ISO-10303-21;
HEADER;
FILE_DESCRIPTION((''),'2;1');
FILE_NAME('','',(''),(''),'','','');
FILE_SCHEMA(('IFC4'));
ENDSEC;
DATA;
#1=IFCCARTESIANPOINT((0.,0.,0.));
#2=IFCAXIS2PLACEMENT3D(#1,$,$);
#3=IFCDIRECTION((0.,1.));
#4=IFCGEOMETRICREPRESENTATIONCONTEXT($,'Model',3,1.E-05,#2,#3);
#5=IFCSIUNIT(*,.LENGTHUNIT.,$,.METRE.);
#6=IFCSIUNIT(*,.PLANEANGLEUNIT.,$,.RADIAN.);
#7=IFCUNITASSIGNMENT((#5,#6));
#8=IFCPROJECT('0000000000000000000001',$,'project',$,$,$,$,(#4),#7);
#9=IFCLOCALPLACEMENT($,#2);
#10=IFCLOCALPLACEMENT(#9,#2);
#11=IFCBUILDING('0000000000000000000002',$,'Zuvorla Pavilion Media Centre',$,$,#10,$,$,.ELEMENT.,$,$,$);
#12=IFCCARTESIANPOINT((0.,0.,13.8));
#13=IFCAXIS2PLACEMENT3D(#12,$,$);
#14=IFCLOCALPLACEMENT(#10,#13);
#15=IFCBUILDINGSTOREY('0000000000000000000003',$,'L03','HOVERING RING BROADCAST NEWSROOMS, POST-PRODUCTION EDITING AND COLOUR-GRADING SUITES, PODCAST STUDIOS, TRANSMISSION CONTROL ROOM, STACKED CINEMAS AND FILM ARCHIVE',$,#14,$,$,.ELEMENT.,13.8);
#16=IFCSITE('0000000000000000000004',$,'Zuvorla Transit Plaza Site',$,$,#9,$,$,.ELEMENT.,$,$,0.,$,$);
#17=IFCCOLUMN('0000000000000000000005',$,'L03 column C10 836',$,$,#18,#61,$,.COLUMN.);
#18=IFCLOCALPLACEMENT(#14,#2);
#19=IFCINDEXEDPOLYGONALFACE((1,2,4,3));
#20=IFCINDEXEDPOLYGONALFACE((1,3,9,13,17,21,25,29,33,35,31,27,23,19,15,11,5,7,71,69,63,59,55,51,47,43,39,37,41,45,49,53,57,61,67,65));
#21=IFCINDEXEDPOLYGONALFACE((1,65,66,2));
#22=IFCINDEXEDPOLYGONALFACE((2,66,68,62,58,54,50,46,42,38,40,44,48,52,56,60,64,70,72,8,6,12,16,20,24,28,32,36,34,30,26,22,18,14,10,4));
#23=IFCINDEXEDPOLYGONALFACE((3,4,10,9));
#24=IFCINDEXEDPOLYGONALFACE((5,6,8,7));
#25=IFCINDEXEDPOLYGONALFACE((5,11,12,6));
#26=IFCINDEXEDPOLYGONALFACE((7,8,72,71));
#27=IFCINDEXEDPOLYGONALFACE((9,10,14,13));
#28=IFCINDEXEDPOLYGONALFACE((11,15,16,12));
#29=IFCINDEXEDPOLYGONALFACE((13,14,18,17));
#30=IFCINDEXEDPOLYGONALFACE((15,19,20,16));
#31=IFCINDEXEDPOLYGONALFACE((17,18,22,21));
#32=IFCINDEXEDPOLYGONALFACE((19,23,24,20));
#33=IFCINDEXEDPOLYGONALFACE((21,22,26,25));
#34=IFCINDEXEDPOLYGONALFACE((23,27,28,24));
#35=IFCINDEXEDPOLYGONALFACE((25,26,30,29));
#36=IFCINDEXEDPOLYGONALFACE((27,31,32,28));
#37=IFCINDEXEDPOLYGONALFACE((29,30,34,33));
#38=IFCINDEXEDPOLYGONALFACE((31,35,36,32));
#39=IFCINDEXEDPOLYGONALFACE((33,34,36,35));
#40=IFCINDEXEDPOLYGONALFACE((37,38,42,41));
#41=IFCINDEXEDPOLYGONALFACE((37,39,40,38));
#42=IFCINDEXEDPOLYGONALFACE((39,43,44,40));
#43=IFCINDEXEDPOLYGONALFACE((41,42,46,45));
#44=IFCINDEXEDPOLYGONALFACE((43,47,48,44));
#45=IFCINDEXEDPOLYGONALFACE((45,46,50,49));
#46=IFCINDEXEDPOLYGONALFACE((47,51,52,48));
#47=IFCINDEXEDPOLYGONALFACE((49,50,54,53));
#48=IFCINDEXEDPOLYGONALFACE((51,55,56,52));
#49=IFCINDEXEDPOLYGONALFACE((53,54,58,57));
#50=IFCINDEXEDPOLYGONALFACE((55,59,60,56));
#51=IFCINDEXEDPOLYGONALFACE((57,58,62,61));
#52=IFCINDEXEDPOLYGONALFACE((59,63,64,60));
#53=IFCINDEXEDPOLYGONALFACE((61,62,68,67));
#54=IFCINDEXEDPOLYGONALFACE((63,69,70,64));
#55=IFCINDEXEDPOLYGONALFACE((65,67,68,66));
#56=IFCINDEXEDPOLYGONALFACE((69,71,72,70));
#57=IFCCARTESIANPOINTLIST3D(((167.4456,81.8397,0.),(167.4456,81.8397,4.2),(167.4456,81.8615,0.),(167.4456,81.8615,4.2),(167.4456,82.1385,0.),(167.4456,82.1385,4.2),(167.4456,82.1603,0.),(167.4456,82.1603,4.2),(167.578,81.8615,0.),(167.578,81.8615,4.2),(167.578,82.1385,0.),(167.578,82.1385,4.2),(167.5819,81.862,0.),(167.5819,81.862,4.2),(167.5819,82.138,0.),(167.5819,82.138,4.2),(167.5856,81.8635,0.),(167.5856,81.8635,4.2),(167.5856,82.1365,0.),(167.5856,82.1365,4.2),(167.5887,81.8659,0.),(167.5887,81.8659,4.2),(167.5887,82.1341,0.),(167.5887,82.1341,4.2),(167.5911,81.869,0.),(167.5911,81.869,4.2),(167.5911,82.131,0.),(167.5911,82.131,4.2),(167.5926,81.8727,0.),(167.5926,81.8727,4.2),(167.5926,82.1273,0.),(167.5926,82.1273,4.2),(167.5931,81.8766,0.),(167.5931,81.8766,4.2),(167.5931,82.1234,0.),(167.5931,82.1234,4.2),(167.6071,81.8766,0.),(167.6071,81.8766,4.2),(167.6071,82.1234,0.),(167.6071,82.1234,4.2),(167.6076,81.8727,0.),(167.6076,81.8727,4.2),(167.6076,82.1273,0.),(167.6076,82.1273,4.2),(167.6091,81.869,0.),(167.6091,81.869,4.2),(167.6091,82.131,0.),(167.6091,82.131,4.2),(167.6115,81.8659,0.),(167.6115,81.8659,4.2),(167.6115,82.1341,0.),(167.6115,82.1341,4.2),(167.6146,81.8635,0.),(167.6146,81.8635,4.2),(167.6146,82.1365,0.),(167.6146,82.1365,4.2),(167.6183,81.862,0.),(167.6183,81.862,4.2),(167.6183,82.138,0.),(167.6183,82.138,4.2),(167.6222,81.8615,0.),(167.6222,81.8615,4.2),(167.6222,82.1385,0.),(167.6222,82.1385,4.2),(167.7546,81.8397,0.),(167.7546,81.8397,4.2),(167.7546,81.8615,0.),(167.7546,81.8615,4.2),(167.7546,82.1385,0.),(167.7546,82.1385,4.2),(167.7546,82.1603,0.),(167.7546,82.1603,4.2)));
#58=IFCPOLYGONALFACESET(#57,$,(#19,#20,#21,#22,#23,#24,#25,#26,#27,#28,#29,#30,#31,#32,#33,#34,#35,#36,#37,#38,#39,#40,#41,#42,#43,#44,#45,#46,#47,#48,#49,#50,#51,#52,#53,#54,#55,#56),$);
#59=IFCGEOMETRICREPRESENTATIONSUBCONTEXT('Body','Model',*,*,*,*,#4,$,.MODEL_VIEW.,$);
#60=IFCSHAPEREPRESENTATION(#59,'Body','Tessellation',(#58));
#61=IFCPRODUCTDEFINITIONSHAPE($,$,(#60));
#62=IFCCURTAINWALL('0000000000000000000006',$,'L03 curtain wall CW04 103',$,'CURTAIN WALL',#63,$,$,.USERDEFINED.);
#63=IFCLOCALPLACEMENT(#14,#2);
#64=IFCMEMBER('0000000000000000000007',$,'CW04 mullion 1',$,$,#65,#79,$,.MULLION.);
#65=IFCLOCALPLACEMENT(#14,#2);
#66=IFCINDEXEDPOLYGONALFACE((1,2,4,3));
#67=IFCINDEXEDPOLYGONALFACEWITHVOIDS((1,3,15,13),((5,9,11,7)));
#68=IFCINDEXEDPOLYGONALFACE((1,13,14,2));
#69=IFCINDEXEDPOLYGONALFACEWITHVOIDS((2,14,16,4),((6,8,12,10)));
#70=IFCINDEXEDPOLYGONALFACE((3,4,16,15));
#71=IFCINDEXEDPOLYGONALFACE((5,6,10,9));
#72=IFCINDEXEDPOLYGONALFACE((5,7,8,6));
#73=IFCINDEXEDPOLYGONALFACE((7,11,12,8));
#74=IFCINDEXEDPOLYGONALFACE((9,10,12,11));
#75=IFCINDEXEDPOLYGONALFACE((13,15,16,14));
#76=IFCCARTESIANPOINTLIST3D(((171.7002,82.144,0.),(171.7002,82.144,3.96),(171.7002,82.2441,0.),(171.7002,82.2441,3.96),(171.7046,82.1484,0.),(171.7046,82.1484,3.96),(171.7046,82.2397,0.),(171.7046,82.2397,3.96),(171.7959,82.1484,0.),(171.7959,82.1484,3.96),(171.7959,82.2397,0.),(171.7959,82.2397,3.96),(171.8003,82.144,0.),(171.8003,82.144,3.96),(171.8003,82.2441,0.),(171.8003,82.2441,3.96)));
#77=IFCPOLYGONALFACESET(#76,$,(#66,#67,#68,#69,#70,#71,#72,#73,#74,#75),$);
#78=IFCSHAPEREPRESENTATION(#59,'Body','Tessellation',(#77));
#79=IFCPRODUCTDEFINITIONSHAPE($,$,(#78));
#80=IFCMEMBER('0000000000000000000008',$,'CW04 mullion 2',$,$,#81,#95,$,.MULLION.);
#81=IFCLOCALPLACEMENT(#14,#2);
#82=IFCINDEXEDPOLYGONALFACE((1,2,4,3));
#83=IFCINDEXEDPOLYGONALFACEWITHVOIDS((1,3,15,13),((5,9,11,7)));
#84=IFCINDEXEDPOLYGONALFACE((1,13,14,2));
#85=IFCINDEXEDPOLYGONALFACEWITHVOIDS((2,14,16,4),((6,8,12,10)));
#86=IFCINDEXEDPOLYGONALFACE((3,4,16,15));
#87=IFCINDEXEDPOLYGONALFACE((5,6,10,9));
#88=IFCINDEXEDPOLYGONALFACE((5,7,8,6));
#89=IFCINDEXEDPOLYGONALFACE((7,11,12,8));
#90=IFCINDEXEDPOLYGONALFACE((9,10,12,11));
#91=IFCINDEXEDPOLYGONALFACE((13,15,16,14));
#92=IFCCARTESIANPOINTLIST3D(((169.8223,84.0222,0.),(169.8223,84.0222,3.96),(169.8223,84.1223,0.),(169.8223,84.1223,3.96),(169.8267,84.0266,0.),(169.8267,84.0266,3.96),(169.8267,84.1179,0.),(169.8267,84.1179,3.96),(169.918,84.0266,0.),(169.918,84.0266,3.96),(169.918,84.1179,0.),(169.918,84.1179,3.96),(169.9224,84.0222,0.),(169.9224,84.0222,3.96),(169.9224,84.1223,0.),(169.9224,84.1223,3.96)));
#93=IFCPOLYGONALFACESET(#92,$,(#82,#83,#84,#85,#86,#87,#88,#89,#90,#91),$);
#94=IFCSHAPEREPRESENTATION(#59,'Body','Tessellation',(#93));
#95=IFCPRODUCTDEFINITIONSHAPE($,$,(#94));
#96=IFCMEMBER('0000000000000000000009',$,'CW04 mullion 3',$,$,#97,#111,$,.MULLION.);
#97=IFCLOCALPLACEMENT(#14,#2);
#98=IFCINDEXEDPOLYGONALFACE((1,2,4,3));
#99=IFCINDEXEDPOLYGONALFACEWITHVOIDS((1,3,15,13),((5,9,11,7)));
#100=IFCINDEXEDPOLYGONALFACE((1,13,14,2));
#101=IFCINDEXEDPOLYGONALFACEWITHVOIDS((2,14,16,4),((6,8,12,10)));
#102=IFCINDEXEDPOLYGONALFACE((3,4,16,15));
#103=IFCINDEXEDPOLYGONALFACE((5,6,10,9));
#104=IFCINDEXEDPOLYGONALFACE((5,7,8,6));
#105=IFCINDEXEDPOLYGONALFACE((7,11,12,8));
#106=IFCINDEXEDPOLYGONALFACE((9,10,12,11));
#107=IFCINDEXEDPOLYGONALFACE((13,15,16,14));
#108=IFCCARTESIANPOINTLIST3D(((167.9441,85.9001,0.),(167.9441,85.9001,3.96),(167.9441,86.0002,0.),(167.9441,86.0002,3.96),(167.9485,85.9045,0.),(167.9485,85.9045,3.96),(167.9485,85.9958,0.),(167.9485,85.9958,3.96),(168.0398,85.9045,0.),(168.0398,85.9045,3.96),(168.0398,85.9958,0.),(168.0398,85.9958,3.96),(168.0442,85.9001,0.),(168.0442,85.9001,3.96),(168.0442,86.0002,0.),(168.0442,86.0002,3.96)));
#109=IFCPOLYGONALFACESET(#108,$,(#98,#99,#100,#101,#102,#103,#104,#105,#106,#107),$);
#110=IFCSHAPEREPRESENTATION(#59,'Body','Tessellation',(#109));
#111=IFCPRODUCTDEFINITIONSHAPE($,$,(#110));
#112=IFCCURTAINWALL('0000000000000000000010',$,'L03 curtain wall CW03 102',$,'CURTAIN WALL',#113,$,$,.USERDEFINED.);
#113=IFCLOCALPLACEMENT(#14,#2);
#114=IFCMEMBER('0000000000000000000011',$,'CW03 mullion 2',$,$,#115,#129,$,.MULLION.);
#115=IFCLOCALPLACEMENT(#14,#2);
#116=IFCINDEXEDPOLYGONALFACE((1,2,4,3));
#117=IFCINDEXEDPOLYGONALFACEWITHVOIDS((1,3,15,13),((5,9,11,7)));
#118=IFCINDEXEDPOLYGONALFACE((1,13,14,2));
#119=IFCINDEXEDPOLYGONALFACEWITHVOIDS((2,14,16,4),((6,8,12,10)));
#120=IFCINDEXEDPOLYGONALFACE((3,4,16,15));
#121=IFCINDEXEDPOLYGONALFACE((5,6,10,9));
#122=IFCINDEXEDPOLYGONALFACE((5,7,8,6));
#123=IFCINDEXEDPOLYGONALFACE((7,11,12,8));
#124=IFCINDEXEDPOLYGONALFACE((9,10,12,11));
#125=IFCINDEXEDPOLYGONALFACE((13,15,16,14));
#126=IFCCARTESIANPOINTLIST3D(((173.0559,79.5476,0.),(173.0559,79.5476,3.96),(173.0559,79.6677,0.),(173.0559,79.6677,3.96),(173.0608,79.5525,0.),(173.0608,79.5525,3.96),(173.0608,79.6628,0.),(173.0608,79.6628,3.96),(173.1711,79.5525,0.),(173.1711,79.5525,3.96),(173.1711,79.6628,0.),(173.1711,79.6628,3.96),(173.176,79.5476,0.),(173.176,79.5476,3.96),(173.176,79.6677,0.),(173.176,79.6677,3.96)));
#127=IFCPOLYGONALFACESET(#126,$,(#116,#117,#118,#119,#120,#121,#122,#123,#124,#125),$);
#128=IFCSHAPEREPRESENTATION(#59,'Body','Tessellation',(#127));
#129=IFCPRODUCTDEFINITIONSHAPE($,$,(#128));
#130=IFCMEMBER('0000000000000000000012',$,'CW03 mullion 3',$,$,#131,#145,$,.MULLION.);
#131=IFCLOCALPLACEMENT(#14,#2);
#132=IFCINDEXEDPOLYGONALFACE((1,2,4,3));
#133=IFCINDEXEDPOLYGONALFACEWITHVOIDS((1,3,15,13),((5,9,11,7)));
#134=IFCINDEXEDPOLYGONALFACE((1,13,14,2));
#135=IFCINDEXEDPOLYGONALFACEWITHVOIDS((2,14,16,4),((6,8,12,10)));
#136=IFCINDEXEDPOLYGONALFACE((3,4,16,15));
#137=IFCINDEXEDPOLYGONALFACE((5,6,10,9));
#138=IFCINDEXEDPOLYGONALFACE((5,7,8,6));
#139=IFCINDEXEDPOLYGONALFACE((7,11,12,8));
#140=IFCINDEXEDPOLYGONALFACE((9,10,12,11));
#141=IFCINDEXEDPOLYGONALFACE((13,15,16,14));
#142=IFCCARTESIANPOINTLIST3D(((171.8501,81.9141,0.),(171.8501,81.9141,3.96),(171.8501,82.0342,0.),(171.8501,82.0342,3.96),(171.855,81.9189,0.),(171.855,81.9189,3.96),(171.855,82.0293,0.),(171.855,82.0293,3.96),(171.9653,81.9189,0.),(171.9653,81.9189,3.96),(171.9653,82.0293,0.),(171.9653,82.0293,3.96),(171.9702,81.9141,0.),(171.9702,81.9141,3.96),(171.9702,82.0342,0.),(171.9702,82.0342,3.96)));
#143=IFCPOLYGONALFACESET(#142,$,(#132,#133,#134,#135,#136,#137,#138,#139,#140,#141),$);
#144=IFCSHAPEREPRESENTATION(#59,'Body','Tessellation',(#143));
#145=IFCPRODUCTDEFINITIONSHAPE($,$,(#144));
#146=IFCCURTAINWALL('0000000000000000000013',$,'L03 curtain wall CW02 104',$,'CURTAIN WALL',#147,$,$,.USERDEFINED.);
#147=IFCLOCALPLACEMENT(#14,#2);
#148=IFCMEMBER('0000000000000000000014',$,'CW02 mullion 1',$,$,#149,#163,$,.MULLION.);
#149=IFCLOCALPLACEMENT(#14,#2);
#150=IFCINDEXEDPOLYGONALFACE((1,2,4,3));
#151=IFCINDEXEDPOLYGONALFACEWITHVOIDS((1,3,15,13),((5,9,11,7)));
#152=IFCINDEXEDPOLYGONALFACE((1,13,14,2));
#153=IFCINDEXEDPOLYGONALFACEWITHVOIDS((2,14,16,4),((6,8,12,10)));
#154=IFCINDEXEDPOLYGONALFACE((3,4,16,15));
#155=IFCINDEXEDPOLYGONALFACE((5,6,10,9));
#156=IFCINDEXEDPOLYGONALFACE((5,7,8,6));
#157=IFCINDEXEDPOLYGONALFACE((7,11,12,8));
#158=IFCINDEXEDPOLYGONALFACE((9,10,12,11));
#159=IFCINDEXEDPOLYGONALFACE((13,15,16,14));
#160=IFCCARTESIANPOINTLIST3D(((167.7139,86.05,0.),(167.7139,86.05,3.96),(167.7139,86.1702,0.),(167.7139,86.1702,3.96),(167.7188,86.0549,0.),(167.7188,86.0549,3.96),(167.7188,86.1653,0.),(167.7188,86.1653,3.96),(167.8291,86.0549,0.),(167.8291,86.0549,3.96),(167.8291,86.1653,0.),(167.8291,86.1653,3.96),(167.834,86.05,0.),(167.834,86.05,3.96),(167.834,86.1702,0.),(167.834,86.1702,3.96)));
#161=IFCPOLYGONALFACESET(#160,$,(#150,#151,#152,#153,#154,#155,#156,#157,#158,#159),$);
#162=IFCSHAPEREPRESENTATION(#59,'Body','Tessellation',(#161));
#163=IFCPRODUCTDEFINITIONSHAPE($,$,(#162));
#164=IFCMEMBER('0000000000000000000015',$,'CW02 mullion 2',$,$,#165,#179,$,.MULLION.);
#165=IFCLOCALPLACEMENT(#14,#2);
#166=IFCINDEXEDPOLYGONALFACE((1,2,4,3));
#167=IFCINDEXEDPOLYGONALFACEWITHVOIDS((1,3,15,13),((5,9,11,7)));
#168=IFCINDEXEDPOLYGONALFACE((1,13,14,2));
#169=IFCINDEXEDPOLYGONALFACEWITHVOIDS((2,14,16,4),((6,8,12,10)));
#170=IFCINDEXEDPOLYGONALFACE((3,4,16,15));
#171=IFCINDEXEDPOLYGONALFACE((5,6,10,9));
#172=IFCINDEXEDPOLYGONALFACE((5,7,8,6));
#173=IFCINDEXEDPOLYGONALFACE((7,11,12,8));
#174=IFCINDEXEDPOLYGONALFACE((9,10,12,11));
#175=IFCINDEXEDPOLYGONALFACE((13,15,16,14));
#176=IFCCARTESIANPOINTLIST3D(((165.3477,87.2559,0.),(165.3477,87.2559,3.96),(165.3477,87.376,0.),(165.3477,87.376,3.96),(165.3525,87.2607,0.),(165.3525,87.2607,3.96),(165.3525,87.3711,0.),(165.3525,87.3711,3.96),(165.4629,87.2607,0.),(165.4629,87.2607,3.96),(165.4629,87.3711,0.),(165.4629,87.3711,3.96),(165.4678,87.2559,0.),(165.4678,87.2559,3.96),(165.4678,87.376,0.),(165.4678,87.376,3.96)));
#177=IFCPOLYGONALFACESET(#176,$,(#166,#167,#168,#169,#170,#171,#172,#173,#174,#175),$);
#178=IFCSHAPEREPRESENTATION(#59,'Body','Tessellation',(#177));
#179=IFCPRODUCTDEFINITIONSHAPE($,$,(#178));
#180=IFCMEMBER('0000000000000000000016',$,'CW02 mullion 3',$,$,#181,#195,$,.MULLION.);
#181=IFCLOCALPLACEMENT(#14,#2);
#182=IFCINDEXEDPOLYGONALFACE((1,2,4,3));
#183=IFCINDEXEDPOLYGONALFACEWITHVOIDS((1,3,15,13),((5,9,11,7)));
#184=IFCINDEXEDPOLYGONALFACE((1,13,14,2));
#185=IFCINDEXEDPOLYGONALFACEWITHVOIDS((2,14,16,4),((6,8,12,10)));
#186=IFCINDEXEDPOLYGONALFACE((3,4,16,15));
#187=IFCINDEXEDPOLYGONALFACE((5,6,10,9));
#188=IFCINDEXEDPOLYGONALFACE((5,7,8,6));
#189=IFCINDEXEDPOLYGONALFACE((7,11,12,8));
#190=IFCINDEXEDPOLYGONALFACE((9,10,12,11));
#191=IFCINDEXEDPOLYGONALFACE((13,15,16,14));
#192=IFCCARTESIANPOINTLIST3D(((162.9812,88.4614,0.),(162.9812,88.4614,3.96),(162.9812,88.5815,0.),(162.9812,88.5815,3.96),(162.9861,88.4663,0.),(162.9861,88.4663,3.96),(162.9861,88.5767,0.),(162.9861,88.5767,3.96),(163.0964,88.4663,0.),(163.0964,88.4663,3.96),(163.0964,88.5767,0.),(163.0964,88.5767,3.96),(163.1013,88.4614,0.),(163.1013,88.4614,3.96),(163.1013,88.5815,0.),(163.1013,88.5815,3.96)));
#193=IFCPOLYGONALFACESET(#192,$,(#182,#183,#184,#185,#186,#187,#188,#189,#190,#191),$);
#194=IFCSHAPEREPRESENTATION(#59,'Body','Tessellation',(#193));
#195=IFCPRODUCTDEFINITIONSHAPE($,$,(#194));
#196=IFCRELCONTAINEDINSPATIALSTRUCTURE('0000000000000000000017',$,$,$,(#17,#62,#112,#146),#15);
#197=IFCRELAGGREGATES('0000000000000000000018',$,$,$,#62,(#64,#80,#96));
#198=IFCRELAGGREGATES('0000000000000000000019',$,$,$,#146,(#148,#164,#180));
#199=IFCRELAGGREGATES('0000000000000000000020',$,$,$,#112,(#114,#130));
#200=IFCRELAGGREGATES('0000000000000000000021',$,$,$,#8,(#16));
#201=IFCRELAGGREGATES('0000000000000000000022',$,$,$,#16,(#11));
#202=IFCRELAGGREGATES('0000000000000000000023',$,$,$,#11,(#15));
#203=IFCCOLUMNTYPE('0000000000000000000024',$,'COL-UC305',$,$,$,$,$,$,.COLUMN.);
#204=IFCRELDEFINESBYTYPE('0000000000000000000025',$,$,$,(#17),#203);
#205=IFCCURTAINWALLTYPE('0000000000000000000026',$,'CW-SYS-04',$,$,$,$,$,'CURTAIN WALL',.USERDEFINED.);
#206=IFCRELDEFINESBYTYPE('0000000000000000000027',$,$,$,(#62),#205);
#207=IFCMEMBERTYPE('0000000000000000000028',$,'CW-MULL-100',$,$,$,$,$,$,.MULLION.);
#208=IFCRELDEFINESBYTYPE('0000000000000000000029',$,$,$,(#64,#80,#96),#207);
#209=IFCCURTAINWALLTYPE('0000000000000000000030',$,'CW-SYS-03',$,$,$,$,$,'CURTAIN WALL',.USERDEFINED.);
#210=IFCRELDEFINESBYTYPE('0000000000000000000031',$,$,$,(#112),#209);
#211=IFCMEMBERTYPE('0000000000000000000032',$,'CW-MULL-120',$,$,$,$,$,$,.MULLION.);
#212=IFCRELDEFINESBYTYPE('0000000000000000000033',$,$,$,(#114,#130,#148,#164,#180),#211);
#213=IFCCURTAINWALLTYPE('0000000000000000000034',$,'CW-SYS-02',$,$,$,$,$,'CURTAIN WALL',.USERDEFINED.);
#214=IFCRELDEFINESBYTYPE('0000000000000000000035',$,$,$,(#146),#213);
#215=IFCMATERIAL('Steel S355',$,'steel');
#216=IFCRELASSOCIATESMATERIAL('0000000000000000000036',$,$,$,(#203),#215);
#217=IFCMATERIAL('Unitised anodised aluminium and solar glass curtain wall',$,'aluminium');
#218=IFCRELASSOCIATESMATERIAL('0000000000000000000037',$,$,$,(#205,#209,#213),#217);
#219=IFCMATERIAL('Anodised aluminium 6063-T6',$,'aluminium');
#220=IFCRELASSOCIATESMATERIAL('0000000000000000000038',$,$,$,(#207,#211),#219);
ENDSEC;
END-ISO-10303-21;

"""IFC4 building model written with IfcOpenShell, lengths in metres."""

from ifc_helpers import new_model, si_unit, direction, frame, origin, origin_2d, place, context, subcontext, project, spatial, hollow_rectangle, i_section, extrude, material, material_profile, profile_set, type_object, element, aggregate, save


model = new_model("IFC4")

# Units and contexts
model_context = context("Model", 3, precision=1e-05, world=origin(), true_north=direction((0.0, 1.0)))
body_context = subcontext(model_context, "Body", "Model", "MODEL_VIEW")
ifc_project = project(units=[si_unit("LENGTHUNIT", "METRE"), si_unit("PLANEANGLEUNIT", "RADIAN")], contexts=[model_context])

# Site, building, storey
site_placement = place(None, origin())
site = spatial("IfcSite", under=ifc_project, at=site_placement, Name="Zuvorla Transit Plaza Site", CompositionType="ELEMENT", RefElevation=0.0)
building_placement = place(site_placement, origin())
building = spatial("IfcBuilding", under=site, at=building_placement, Name="Zuvorla Pavilion Media Centre", CompositionType="ELEMENT")
storey_placement = place(building_placement, frame((0.0, 0.0, 13.8)))
storey = spatial("IfcBuildingStorey", under=building, at=storey_placement, Name="L03", Description="HOVERING RING BROADCAST NEWSROOMS, POST-PRODUCTION EDITING AND COLOUR-GRADING SUITES, PODCAST STUDIOS, TRANSMISSION CONTROL ROOM, STACKED CINEMAS AND FILM ARCHIVE", CompositionType="ELEMENT", Elevation=13.8)

# Column
ifc_material_1 = material(Name="Steel S355", Category="steel")
ifc_material_profile_1 = material_profile(ifc_material_1, i_section(OverallWidth=0.3091, OverallDepth=0.3206, WebThickness=0.0139, FlangeThickness=0.0217, FilletRadius=0.0151, at=origin_2d()), Name="UC 305x305x137")
ifc_profile_set_1 = profile_set([ifc_material_profile_1], Name="Steel S355")
column_type = type_object("IfcColumnType", Name="COL-UC305", PredefinedType="COLUMN", material=ifc_profile_set_1)
column_placement = place(storey_placement, frame((167.6001, 82.0, 0.0), z_axis=(0.0, 0.0, 1.0), x_axis=(1.0, 0.0, 0.0)))
element("IfcColumn", 1, at=column_placement, inside=storey, type_object=column_type, Name="L03 column C10 836", PredefinedType="COLUMN", context=body_context, shape_type="SweptSolid", body=[
    extrude(i_section(OverallWidth=0.3091, OverallDepth=0.3206, WebThickness=0.0139, FlangeThickness=0.0217, FilletRadius=0.0151, at=origin_2d()), origin(), (0.0, 0.0, 1.0), 4.2),
])

# Curtain walls, members
ifc_material_2 = material(Name="Unitised anodised aluminium and solar glass curtain wall", Category="aluminium")
curtain_wall_type_1 = type_object("IfcCurtainWallType", Name="CW-SYS-04", ElementType="CURTAIN WALL", PredefinedType="USERDEFINED", material=ifc_material_2)
curtain_wall_1_placement = place(storey_placement, origin())
curtain_wall_1 = element("IfcCurtainWall", 2, at=curtain_wall_1_placement, inside=storey, type_object=curtain_wall_type_1, Name="L03 curtain wall CW04 103", ObjectType="CURTAIN WALL", PredefinedType="USERDEFINED")
ifc_material_3 = material(Name="Anodised aluminium 6063-T6", Category="aluminium")
ifc_material_profile_2 = material_profile(ifc_material_3, hollow_rectangle(XDim=0.1001, YDim=0.1001, WallThickness=0.0044, at=origin_2d()), Name="ALU MULL 100x100")
ifc_profile_set_2 = profile_set([ifc_material_profile_2], Name="Anodised aluminium 6063-T6")
member_type_1 = type_object("IfcMemberType", Name="CW-MULL-100", PredefinedType="MULLION", material=ifc_profile_set_2)
member_1_placement = place(storey_placement, frame((171.7502, 82.1941, 0.0), z_axis=(0.0, 0.0, 1.0), x_axis=(1.0, 0.0, 0.0)))
member_1 = element("IfcMember", 3, at=member_1_placement, type_object=member_type_1, Name="CW04 mullion 1", PredefinedType="MULLION", context=body_context, shape_type="SweptSolid", body=[
    extrude(hollow_rectangle(XDim=0.1001, YDim=0.1001, WallThickness=0.0044, at=origin_2d()), origin(), (0.0, 0.0, 1.0), 3.96),
])
member_2_placement = place(storey_placement, frame((169.8723, 84.0723, 0.0), z_axis=(0.0, 0.0, 1.0), x_axis=(1.0, 0.0, 0.0)))
member_2 = element("IfcMember", 4, at=member_2_placement, type_object=member_type_1, Name="CW04 mullion 2", PredefinedType="MULLION", context=body_context, shape_type="SweptSolid", body=[
    extrude(hollow_rectangle(XDim=0.1001, YDim=0.1001, WallThickness=0.0044, at=origin_2d()), origin(), (0.0, 0.0, 1.0), 3.96),
])
member_3_placement = place(storey_placement, frame((167.9941, 85.9502, 0.0), z_axis=(0.0, 0.0, 1.0), x_axis=(1.0, 0.0, 0.0)))
member_3 = element("IfcMember", 5, at=member_3_placement, type_object=member_type_1, Name="CW04 mullion 3", PredefinedType="MULLION", context=body_context, shape_type="SweptSolid", body=[
    extrude(hollow_rectangle(XDim=0.1001, YDim=0.1001, WallThickness=0.0044, at=origin_2d()), origin(), (0.0, 0.0, 1.0), 3.96),
])
curtain_wall_type_2 = type_object("IfcCurtainWallType", Name="CW-SYS-03", ElementType="CURTAIN WALL", PredefinedType="USERDEFINED", material=ifc_material_2)
curtain_wall_2_placement = place(storey_placement, origin())
curtain_wall_2 = element("IfcCurtainWall", 6, at=curtain_wall_2_placement, inside=storey, type_object=curtain_wall_type_2, Name="L03 curtain wall CW03 102", ObjectType="CURTAIN WALL", PredefinedType="USERDEFINED")
ifc_material_profile_3 = material_profile(ifc_material_3, hollow_rectangle(XDim=0.1201, YDim=0.1201, WallThickness=0.0049, at=origin_2d()), Name="ALU MULL 120x120")
ifc_profile_set_3 = profile_set([ifc_material_profile_3], Name="Anodised aluminium 6063-T6")
member_type_2 = type_object("IfcMemberType", Name="CW-MULL-120", PredefinedType="MULLION", material=ifc_profile_set_3)
member_4_placement = place(storey_placement, frame((173.116, 79.6077, 0.0), z_axis=(0.0, 0.0, 1.0), x_axis=(1.0, 0.0, 0.0)))
member_4 = element("IfcMember", 7, at=member_4_placement, type_object=member_type_2, Name="CW03 mullion 2", PredefinedType="MULLION", context=body_context, shape_type="SweptSolid", body=[
    extrude(hollow_rectangle(XDim=0.1201, YDim=0.1201, WallThickness=0.0049, at=origin_2d()), origin(), (0.0, 0.0, 1.0), 3.96),
])
member_5_placement = place(storey_placement, frame((171.9102, 81.9741, 0.0), z_axis=(0.0, 0.0, 1.0), x_axis=(1.0, 0.0, 0.0)))
member_5 = element("IfcMember", 8, at=member_5_placement, type_object=member_type_2, Name="CW03 mullion 3", PredefinedType="MULLION", context=body_context, shape_type="SweptSolid", body=[
    extrude(hollow_rectangle(XDim=0.1201, YDim=0.1201, WallThickness=0.0049, at=origin_2d()), origin(), (0.0, 0.0, 1.0), 3.96),
])
curtain_wall_type_3 = type_object("IfcCurtainWallType", Name="CW-SYS-02", ElementType="CURTAIN WALL", PredefinedType="USERDEFINED", material=ifc_material_2)
curtain_wall_3_placement = place(storey_placement, origin())
curtain_wall_3 = element("IfcCurtainWall", 9, at=curtain_wall_3_placement, inside=storey, type_object=curtain_wall_type_3, Name="L03 curtain wall CW02 104", ObjectType="CURTAIN WALL", PredefinedType="USERDEFINED")
member_6_placement = place(storey_placement, frame((167.7739, 86.1101, 0.0), z_axis=(0.0, 0.0, 1.0), x_axis=(1.0, 0.0, 0.0)))
member_6 = element("IfcMember", 10, at=member_6_placement, type_object=member_type_2, Name="CW02 mullion 1", PredefinedType="MULLION", context=body_context, shape_type="SweptSolid", body=[
    extrude(hollow_rectangle(XDim=0.1201, YDim=0.1201, WallThickness=0.0049, at=origin_2d()), origin(), (0.0, 0.0, 1.0), 3.96),
])
member_7_placement = place(storey_placement, frame((165.4077, 87.3159, 0.0), z_axis=(0.0, 0.0, 1.0), x_axis=(1.0, 0.0, 0.0)))
member_7 = element("IfcMember", 11, at=member_7_placement, type_object=member_type_2, Name="CW02 mullion 2", PredefinedType="MULLION", context=body_context, shape_type="SweptSolid", body=[
    extrude(hollow_rectangle(XDim=0.1201, YDim=0.1201, WallThickness=0.0049, at=origin_2d()), origin(), (0.0, 0.0, 1.0), 3.96),
])
member_8_placement = place(storey_placement, frame((163.0413, 88.5215, 0.0), z_axis=(0.0, 0.0, 1.0), x_axis=(1.0, 0.0, 0.0)))
member_8 = element("IfcMember", 12, at=member_8_placement, type_object=member_type_2, Name="CW02 mullion 3", PredefinedType="MULLION", context=body_context, shape_type="SweptSolid", body=[
    extrude(hollow_rectangle(XDim=0.1201, YDim=0.1201, WallThickness=0.0049, at=origin_2d()), origin(), (0.0, 0.0, 1.0), 3.96),
])

aggregate(curtain_wall_1, [member_1, member_2, member_3])
aggregate(curtain_wall_3, [member_6, member_7, member_8])
aggregate(curtain_wall_2, [member_4, member_5])

save(model, "model.ifc")
